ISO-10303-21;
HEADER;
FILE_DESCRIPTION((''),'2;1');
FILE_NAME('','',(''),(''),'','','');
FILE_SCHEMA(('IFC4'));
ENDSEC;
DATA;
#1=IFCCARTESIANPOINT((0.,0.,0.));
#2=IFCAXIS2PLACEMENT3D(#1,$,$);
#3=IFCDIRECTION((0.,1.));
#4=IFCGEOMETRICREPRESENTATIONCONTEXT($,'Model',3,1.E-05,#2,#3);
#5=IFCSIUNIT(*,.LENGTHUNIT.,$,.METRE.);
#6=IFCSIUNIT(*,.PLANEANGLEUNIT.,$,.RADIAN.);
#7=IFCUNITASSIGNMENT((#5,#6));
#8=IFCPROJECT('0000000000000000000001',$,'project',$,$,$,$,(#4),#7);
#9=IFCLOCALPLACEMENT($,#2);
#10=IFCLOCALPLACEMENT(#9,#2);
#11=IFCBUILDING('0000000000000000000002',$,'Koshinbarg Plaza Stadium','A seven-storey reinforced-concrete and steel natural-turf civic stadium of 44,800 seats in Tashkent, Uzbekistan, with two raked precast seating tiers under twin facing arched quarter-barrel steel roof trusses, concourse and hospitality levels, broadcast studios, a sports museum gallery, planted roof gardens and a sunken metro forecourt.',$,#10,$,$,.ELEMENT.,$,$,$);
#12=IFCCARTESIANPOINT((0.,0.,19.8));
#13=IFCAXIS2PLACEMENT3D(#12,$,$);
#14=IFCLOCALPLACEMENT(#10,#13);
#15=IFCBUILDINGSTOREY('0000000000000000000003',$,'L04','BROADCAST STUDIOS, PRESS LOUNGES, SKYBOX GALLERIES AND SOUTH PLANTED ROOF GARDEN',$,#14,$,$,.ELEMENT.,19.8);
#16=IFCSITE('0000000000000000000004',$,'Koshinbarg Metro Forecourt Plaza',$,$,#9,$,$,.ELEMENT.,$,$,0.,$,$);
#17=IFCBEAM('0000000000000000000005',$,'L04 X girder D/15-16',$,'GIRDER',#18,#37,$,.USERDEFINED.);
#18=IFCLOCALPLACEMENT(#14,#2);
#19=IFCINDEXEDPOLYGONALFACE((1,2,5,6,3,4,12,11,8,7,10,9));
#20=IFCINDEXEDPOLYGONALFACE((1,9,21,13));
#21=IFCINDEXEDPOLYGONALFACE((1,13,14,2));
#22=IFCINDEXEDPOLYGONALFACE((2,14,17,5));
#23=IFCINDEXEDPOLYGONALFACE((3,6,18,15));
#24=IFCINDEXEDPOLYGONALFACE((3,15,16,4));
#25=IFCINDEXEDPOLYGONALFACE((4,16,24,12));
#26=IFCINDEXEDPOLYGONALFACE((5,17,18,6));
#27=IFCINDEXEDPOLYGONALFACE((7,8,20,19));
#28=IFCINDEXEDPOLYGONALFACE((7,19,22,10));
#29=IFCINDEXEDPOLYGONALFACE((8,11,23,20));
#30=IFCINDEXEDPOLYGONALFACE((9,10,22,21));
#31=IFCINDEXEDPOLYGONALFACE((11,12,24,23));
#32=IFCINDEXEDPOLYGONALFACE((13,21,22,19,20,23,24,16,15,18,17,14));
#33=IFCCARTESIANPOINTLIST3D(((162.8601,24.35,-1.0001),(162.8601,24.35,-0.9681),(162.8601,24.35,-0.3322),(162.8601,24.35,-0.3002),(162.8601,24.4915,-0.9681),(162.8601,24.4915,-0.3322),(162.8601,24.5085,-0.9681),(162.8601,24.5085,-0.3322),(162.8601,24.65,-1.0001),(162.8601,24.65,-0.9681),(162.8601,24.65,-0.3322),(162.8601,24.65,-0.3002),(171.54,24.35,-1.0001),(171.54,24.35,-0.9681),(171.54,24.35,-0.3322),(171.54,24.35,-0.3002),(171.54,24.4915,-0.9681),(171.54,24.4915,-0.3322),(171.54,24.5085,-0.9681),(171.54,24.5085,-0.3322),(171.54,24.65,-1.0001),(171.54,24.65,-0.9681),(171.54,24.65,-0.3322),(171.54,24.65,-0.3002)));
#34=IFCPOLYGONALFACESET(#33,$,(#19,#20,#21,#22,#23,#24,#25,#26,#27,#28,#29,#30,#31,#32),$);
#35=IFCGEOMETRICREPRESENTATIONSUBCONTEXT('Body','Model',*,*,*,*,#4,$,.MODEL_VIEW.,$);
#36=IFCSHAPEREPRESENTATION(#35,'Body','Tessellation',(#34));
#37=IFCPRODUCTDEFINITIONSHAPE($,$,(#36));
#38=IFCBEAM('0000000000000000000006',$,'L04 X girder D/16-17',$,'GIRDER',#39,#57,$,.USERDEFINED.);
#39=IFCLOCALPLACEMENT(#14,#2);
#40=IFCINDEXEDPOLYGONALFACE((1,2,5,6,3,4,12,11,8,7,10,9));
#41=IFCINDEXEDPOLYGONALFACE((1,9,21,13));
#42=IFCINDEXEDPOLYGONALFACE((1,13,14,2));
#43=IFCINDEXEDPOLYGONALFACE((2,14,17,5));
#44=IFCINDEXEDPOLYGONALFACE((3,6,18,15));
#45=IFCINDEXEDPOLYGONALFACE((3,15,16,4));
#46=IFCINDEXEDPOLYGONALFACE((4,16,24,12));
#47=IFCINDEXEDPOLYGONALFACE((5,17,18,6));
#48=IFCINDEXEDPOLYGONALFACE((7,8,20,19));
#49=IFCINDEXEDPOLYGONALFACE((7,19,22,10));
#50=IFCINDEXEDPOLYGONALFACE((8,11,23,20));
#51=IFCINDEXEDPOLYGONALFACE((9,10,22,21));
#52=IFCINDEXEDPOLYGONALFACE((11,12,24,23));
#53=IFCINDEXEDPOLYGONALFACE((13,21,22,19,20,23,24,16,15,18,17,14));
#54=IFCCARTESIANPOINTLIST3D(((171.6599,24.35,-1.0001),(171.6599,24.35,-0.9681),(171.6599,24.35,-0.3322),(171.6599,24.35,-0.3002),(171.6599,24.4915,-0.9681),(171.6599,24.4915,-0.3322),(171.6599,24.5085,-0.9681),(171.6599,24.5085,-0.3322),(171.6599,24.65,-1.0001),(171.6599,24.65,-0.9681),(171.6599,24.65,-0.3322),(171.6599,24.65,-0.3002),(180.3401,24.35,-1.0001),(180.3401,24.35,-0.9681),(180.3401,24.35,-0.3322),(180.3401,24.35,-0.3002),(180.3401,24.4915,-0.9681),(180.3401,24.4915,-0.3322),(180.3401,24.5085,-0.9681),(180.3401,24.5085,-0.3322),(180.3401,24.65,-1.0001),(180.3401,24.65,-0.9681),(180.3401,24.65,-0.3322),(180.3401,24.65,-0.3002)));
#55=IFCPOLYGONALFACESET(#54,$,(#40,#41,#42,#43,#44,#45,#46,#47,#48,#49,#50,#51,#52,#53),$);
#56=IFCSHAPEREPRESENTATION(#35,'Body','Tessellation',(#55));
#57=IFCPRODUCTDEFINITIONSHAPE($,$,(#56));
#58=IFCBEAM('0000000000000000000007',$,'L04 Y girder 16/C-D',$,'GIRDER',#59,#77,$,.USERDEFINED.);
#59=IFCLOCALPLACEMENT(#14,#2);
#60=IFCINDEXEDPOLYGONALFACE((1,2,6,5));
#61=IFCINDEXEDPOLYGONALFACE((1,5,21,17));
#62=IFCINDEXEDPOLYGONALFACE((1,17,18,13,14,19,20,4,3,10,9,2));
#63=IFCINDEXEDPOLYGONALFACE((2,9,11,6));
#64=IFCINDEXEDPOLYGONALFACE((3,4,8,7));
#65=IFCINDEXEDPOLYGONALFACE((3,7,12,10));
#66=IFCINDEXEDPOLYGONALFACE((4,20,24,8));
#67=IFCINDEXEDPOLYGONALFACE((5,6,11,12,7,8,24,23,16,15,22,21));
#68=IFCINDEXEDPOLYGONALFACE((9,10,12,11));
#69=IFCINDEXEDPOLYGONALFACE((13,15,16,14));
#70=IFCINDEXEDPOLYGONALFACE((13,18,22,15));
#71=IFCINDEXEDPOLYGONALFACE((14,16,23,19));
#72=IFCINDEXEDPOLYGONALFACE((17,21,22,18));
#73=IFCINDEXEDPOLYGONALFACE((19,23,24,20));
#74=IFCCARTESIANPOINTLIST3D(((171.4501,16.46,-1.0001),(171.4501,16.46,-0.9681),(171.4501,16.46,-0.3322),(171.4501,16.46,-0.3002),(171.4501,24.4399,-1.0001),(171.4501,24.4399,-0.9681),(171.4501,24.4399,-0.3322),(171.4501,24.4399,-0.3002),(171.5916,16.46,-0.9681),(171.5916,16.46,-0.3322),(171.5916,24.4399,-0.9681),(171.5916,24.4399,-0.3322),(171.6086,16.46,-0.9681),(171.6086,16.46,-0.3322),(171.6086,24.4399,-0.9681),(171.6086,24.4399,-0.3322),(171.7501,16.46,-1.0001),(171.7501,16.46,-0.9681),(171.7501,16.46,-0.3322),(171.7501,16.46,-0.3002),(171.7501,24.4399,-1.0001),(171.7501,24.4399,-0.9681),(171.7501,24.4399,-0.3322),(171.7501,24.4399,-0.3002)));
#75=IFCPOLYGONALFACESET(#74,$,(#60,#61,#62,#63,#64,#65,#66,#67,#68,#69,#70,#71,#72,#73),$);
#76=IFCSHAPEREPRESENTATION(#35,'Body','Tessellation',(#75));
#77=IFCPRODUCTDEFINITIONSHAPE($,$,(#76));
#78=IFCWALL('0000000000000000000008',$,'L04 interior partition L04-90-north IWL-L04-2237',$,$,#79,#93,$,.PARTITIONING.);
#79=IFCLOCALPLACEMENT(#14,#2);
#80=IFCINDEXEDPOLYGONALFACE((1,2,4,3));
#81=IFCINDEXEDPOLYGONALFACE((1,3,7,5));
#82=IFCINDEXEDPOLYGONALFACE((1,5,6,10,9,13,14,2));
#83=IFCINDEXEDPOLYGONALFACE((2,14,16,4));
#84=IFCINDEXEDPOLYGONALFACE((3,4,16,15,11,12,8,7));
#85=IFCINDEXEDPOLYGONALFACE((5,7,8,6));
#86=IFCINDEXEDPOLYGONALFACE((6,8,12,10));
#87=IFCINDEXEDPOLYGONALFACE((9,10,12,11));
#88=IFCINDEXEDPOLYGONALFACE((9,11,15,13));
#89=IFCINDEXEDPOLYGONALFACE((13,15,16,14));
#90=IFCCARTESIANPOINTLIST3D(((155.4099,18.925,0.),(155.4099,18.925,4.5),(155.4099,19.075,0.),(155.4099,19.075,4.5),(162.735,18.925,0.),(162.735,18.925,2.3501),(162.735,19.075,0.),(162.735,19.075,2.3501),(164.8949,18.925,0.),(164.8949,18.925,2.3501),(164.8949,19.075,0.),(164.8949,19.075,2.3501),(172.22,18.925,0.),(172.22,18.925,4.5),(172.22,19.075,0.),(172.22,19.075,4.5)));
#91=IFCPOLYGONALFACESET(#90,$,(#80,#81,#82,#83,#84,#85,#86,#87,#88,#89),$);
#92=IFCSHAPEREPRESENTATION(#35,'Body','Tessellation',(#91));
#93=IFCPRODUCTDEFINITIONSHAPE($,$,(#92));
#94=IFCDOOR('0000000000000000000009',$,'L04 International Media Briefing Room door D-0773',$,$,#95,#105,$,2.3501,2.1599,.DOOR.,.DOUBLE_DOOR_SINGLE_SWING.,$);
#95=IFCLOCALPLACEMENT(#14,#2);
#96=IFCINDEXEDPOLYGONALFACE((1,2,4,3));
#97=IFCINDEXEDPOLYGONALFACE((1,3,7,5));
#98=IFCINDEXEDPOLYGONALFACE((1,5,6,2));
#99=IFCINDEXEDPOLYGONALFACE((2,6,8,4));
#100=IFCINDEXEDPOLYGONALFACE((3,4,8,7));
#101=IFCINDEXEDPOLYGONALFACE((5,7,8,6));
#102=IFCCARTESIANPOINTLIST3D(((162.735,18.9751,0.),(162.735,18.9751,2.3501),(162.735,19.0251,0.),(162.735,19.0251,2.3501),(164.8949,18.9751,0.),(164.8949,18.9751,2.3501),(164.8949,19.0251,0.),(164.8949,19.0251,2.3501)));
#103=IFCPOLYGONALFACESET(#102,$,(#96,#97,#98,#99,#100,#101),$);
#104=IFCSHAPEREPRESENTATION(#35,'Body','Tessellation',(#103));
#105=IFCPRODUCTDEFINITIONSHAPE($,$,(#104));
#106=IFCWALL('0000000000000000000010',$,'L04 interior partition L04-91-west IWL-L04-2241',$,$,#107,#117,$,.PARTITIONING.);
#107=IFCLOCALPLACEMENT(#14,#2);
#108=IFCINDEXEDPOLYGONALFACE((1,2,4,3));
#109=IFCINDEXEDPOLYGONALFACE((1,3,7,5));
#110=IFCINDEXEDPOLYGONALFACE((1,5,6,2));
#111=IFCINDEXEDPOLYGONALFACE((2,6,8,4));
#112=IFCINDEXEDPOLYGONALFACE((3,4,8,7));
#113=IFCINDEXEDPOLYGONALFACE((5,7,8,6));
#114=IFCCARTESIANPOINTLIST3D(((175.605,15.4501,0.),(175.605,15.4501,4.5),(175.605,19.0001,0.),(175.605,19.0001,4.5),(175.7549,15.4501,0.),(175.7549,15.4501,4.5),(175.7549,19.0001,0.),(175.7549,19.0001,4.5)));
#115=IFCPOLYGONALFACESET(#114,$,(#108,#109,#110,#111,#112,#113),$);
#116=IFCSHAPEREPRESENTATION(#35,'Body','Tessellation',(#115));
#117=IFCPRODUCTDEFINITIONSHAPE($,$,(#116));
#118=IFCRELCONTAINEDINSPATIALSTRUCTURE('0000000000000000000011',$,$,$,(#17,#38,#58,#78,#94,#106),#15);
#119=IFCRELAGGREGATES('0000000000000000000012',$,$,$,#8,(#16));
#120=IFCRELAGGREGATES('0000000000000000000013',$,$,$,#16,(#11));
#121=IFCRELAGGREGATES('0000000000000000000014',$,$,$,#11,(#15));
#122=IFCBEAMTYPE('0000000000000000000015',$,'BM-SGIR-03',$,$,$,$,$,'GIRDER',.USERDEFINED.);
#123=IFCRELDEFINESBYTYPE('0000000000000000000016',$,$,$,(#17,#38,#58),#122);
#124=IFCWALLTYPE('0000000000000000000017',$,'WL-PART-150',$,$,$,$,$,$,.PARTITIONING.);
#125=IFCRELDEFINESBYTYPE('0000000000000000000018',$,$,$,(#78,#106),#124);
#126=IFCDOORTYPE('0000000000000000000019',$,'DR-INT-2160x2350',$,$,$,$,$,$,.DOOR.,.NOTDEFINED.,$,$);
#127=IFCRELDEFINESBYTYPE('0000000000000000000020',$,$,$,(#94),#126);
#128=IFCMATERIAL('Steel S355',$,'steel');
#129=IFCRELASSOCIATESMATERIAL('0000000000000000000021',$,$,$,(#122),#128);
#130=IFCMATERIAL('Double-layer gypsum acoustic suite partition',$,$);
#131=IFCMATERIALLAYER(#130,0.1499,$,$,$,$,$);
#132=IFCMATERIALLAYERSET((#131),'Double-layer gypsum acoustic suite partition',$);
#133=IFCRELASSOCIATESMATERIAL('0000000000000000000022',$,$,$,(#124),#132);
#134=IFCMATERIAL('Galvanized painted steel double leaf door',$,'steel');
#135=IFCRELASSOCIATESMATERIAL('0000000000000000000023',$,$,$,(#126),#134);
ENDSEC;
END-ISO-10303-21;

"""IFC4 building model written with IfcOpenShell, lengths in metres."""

from ifc_helpers import new_model, si_unit, direction, frame, frame_2d, origin, origin_2d, place, context, subcontext, project, spatial, rectangle, i_section, extrude, material, layer, layer_set, material_profile, profile_set, type_object, element, fill, save


model = new_model("IFC4")

# Units and contexts
model_context = context("Model", 3, precision=1e-05, world=origin(), true_north=direction((0.0, 1.0)))
body_context = subcontext(model_context, "Body", "Model", "MODEL_VIEW")
ifc_project = project(units=[si_unit("LENGTHUNIT", "METRE"), si_unit("PLANEANGLEUNIT", "RADIAN")], contexts=[model_context])

# Site, building, storey
site_placement = place(None, origin())
site = spatial("IfcSite", under=ifc_project, at=site_placement, Name="Koshinbarg Metro Forecourt Plaza", CompositionType="ELEMENT", RefElevation=0.0)
building_placement = place(site_placement, origin())
building = spatial("IfcBuilding", under=site, at=building_placement, Name="Koshinbarg Plaza Stadium", Description="A seven-storey reinforced-concrete and steel natural-turf civic stadium of 44,800 seats in Tashkent, Uzbekistan, with two raked precast seating tiers under twin facing arched quarter-barrel steel roof trusses, concourse and hospitality levels, broadcast studios, a sports museum gallery, planted roof gardens and a sunken metro forecourt.", CompositionType="ELEMENT")
storey_placement = place(building_placement, frame((0.0, 0.0, 19.8)))
storey = spatial("IfcBuildingStorey", under=building, at=storey_placement, Name="L04", Description="BROADCAST STUDIOS, PRESS LOUNGES, SKYBOX GALLERIES AND SOUTH PLANTED ROOF GARDEN", CompositionType="ELEMENT", Elevation=19.8)

# Beams
ifc_material_1 = material(Name="Steel S355", Category="steel")
ifc_material_profile_1 = material_profile(ifc_material_1, i_section(OverallWidth=0.3, OverallDepth=0.7, WebThickness=0.0171, FlangeThickness=0.032, at=origin_2d()), Name="HEB 700")
ifc_profile_set_1 = profile_set([ifc_material_profile_1], Name="Steel S355")
beam_type_1 = type_object("IfcBeamType", Name="BM-SGIR-03", ElementType="GIRDER", PredefinedType="USERDEFINED", material=ifc_profile_set_1)
beam_1_placement = place(storey_placement, frame((162.8601, 24.5, -0.6501), z_axis=(1.0, 0.0, 0.0), x_axis=(0.0, 1.0, 0.0)))
element("IfcBeam", 1, at=beam_1_placement, inside=storey, type_object=beam_type_1, Name="L04 X girder D/15-16", ObjectType="GIRDER", PredefinedType="USERDEFINED", context=body_context, shape_type="SweptSolid", body=[
    extrude(i_section(OverallWidth=0.3, OverallDepth=0.7, WebThickness=0.0171, FlangeThickness=0.032, at=origin_2d()), origin(), (0.0, 0.0, 1.0), 8.6799),
])
beam_2_placement = place(storey_placement, frame((171.6599, 24.5, -0.6501), z_axis=(1.0, 0.0, 0.0), x_axis=(0.0, 1.0, 0.0)))
element("IfcBeam", 2, at=beam_2_placement, inside=storey, type_object=beam_type_1, Name="L04 X girder D/16-17", ObjectType="GIRDER", PredefinedType="USERDEFINED", context=body_context, shape_type="SweptSolid", body=[
    extrude(i_section(OverallWidth=0.3, OverallDepth=0.7, WebThickness=0.0171, FlangeThickness=0.032, at=origin_2d()), origin(), (0.0, 0.0, 1.0), 8.6802),
])
beam_3_placement = place(storey_placement, frame((171.6001, 16.46, -0.6501), z_axis=(0.0, 1.0, 0.0), x_axis=(-1.0, 0.0, 0.0)))
element("IfcBeam", 3, at=beam_3_placement, inside=storey, type_object=beam_type_1, Name="L04 Y girder 16/C-D", ObjectType="GIRDER", PredefinedType="USERDEFINED", context=body_context, shape_type="SweptSolid", body=[
    extrude(i_section(OverallWidth=0.3, OverallDepth=0.7, WebThickness=0.0171, FlangeThickness=0.032, at=origin_2d()), origin(), (0.0, 0.0, 1.0), 7.98),
])

# Wall, opening, door
ifc_material_2 = material(Name="Double-layer gypsum acoustic suite partition")
ifc_layer = layer(ifc_material_2, 0.1499)
ifc_layer_set = layer_set([ifc_layer], Name="Double-layer gypsum acoustic suite partition")
wall_type = type_object("IfcWallType", Name="WL-PART-150", PredefinedType="PARTITIONING", material=ifc_layer_set)
wall_1_placement = place(storey_placement, frame((172.22, 19.0, 0.0), z_axis=(0.0, 0.0, 1.0), x_axis=(-1.0, 0.0, 0.0)))
wall_1 = element("IfcWall", 4, at=wall_1_placement, inside=storey, type_object=wall_type, Name="L04 interior partition L04-90-north IWL-L04-2237", PredefinedType="PARTITIONING", context=body_context, shape_type="SweptSolid", body=[
    extrude(rectangle(XDim=16.8101, YDim=0.1499, at=frame_2d((8.405, 0.0))), origin(), (0.0, 0.0, 1.0), 4.5),
])
opening_placement = place(wall_1_placement, frame((7.325, 0.0, 0.0)))
opening = element("IfcOpeningElement", 5, at=opening_placement, cuts=wall_1, PredefinedType="OPENING", context=body_context, shape_type="SweptSolid", body=[
    extrude(rectangle(XDim=2.1599, YDim=2.3501, at=frame_2d((1.0801, 1.175))), frame((0.0, 0.085, 0.0), z_axis=(0.0, -1.0, 0.0), x_axis=(1.0, 0.0, 0.0)), (0.0, 0.0, 1.0), 0.1699),
])
ifc_material_3 = material(Name="Galvanized painted steel double leaf door", Category="steel")
door_type = type_object("IfcDoorType", Name="DR-INT-2160x2350", OperationType="NOTDEFINED", PredefinedType="DOOR", material=ifc_material_3)
door_placement = place(opening_placement, origin())
door = element("IfcDoor", 6, at=door_placement, inside=storey, type_object=door_type, Name="L04 International Media Briefing Room door D-0773", OperationType="DOUBLE_DOOR_SINGLE_SWING", OverallHeight=2.3501, OverallWidth=2.1599, PredefinedType="DOOR", context=body_context, shape_type="SweptSolid", body=[
    extrude(rectangle(XDim=2.1599, YDim=2.3501, at=frame_2d((1.0801, 1.175))), frame((0.0, 0.0249, 0.0), z_axis=(0.0, -1.0, 0.0), x_axis=(1.0, 0.0, 0.0)), (0.0, 0.0, 1.0), 0.05),
])
fill(opening, door)

# Wall
wall_2_placement = place(storey_placement, frame((175.6799, 19.0, 0.0), z_axis=(0.0, 0.0, 1.0), x_axis=(0.0, -1.0, 0.0)))
element("IfcWall", 7, at=wall_2_placement, inside=storey, type_object=wall_type, Name="L04 interior partition L04-91-west IWL-L04-2241", PredefinedType="PARTITIONING", context=body_context, shape_type="SweptSolid", body=[
    extrude(rectangle(XDim=3.55, YDim=0.1499, at=frame_2d((1.7749, 0.0))), origin(), (0.0, 0.0, 1.0), 4.5),
])

save(model, "model.ifc")
